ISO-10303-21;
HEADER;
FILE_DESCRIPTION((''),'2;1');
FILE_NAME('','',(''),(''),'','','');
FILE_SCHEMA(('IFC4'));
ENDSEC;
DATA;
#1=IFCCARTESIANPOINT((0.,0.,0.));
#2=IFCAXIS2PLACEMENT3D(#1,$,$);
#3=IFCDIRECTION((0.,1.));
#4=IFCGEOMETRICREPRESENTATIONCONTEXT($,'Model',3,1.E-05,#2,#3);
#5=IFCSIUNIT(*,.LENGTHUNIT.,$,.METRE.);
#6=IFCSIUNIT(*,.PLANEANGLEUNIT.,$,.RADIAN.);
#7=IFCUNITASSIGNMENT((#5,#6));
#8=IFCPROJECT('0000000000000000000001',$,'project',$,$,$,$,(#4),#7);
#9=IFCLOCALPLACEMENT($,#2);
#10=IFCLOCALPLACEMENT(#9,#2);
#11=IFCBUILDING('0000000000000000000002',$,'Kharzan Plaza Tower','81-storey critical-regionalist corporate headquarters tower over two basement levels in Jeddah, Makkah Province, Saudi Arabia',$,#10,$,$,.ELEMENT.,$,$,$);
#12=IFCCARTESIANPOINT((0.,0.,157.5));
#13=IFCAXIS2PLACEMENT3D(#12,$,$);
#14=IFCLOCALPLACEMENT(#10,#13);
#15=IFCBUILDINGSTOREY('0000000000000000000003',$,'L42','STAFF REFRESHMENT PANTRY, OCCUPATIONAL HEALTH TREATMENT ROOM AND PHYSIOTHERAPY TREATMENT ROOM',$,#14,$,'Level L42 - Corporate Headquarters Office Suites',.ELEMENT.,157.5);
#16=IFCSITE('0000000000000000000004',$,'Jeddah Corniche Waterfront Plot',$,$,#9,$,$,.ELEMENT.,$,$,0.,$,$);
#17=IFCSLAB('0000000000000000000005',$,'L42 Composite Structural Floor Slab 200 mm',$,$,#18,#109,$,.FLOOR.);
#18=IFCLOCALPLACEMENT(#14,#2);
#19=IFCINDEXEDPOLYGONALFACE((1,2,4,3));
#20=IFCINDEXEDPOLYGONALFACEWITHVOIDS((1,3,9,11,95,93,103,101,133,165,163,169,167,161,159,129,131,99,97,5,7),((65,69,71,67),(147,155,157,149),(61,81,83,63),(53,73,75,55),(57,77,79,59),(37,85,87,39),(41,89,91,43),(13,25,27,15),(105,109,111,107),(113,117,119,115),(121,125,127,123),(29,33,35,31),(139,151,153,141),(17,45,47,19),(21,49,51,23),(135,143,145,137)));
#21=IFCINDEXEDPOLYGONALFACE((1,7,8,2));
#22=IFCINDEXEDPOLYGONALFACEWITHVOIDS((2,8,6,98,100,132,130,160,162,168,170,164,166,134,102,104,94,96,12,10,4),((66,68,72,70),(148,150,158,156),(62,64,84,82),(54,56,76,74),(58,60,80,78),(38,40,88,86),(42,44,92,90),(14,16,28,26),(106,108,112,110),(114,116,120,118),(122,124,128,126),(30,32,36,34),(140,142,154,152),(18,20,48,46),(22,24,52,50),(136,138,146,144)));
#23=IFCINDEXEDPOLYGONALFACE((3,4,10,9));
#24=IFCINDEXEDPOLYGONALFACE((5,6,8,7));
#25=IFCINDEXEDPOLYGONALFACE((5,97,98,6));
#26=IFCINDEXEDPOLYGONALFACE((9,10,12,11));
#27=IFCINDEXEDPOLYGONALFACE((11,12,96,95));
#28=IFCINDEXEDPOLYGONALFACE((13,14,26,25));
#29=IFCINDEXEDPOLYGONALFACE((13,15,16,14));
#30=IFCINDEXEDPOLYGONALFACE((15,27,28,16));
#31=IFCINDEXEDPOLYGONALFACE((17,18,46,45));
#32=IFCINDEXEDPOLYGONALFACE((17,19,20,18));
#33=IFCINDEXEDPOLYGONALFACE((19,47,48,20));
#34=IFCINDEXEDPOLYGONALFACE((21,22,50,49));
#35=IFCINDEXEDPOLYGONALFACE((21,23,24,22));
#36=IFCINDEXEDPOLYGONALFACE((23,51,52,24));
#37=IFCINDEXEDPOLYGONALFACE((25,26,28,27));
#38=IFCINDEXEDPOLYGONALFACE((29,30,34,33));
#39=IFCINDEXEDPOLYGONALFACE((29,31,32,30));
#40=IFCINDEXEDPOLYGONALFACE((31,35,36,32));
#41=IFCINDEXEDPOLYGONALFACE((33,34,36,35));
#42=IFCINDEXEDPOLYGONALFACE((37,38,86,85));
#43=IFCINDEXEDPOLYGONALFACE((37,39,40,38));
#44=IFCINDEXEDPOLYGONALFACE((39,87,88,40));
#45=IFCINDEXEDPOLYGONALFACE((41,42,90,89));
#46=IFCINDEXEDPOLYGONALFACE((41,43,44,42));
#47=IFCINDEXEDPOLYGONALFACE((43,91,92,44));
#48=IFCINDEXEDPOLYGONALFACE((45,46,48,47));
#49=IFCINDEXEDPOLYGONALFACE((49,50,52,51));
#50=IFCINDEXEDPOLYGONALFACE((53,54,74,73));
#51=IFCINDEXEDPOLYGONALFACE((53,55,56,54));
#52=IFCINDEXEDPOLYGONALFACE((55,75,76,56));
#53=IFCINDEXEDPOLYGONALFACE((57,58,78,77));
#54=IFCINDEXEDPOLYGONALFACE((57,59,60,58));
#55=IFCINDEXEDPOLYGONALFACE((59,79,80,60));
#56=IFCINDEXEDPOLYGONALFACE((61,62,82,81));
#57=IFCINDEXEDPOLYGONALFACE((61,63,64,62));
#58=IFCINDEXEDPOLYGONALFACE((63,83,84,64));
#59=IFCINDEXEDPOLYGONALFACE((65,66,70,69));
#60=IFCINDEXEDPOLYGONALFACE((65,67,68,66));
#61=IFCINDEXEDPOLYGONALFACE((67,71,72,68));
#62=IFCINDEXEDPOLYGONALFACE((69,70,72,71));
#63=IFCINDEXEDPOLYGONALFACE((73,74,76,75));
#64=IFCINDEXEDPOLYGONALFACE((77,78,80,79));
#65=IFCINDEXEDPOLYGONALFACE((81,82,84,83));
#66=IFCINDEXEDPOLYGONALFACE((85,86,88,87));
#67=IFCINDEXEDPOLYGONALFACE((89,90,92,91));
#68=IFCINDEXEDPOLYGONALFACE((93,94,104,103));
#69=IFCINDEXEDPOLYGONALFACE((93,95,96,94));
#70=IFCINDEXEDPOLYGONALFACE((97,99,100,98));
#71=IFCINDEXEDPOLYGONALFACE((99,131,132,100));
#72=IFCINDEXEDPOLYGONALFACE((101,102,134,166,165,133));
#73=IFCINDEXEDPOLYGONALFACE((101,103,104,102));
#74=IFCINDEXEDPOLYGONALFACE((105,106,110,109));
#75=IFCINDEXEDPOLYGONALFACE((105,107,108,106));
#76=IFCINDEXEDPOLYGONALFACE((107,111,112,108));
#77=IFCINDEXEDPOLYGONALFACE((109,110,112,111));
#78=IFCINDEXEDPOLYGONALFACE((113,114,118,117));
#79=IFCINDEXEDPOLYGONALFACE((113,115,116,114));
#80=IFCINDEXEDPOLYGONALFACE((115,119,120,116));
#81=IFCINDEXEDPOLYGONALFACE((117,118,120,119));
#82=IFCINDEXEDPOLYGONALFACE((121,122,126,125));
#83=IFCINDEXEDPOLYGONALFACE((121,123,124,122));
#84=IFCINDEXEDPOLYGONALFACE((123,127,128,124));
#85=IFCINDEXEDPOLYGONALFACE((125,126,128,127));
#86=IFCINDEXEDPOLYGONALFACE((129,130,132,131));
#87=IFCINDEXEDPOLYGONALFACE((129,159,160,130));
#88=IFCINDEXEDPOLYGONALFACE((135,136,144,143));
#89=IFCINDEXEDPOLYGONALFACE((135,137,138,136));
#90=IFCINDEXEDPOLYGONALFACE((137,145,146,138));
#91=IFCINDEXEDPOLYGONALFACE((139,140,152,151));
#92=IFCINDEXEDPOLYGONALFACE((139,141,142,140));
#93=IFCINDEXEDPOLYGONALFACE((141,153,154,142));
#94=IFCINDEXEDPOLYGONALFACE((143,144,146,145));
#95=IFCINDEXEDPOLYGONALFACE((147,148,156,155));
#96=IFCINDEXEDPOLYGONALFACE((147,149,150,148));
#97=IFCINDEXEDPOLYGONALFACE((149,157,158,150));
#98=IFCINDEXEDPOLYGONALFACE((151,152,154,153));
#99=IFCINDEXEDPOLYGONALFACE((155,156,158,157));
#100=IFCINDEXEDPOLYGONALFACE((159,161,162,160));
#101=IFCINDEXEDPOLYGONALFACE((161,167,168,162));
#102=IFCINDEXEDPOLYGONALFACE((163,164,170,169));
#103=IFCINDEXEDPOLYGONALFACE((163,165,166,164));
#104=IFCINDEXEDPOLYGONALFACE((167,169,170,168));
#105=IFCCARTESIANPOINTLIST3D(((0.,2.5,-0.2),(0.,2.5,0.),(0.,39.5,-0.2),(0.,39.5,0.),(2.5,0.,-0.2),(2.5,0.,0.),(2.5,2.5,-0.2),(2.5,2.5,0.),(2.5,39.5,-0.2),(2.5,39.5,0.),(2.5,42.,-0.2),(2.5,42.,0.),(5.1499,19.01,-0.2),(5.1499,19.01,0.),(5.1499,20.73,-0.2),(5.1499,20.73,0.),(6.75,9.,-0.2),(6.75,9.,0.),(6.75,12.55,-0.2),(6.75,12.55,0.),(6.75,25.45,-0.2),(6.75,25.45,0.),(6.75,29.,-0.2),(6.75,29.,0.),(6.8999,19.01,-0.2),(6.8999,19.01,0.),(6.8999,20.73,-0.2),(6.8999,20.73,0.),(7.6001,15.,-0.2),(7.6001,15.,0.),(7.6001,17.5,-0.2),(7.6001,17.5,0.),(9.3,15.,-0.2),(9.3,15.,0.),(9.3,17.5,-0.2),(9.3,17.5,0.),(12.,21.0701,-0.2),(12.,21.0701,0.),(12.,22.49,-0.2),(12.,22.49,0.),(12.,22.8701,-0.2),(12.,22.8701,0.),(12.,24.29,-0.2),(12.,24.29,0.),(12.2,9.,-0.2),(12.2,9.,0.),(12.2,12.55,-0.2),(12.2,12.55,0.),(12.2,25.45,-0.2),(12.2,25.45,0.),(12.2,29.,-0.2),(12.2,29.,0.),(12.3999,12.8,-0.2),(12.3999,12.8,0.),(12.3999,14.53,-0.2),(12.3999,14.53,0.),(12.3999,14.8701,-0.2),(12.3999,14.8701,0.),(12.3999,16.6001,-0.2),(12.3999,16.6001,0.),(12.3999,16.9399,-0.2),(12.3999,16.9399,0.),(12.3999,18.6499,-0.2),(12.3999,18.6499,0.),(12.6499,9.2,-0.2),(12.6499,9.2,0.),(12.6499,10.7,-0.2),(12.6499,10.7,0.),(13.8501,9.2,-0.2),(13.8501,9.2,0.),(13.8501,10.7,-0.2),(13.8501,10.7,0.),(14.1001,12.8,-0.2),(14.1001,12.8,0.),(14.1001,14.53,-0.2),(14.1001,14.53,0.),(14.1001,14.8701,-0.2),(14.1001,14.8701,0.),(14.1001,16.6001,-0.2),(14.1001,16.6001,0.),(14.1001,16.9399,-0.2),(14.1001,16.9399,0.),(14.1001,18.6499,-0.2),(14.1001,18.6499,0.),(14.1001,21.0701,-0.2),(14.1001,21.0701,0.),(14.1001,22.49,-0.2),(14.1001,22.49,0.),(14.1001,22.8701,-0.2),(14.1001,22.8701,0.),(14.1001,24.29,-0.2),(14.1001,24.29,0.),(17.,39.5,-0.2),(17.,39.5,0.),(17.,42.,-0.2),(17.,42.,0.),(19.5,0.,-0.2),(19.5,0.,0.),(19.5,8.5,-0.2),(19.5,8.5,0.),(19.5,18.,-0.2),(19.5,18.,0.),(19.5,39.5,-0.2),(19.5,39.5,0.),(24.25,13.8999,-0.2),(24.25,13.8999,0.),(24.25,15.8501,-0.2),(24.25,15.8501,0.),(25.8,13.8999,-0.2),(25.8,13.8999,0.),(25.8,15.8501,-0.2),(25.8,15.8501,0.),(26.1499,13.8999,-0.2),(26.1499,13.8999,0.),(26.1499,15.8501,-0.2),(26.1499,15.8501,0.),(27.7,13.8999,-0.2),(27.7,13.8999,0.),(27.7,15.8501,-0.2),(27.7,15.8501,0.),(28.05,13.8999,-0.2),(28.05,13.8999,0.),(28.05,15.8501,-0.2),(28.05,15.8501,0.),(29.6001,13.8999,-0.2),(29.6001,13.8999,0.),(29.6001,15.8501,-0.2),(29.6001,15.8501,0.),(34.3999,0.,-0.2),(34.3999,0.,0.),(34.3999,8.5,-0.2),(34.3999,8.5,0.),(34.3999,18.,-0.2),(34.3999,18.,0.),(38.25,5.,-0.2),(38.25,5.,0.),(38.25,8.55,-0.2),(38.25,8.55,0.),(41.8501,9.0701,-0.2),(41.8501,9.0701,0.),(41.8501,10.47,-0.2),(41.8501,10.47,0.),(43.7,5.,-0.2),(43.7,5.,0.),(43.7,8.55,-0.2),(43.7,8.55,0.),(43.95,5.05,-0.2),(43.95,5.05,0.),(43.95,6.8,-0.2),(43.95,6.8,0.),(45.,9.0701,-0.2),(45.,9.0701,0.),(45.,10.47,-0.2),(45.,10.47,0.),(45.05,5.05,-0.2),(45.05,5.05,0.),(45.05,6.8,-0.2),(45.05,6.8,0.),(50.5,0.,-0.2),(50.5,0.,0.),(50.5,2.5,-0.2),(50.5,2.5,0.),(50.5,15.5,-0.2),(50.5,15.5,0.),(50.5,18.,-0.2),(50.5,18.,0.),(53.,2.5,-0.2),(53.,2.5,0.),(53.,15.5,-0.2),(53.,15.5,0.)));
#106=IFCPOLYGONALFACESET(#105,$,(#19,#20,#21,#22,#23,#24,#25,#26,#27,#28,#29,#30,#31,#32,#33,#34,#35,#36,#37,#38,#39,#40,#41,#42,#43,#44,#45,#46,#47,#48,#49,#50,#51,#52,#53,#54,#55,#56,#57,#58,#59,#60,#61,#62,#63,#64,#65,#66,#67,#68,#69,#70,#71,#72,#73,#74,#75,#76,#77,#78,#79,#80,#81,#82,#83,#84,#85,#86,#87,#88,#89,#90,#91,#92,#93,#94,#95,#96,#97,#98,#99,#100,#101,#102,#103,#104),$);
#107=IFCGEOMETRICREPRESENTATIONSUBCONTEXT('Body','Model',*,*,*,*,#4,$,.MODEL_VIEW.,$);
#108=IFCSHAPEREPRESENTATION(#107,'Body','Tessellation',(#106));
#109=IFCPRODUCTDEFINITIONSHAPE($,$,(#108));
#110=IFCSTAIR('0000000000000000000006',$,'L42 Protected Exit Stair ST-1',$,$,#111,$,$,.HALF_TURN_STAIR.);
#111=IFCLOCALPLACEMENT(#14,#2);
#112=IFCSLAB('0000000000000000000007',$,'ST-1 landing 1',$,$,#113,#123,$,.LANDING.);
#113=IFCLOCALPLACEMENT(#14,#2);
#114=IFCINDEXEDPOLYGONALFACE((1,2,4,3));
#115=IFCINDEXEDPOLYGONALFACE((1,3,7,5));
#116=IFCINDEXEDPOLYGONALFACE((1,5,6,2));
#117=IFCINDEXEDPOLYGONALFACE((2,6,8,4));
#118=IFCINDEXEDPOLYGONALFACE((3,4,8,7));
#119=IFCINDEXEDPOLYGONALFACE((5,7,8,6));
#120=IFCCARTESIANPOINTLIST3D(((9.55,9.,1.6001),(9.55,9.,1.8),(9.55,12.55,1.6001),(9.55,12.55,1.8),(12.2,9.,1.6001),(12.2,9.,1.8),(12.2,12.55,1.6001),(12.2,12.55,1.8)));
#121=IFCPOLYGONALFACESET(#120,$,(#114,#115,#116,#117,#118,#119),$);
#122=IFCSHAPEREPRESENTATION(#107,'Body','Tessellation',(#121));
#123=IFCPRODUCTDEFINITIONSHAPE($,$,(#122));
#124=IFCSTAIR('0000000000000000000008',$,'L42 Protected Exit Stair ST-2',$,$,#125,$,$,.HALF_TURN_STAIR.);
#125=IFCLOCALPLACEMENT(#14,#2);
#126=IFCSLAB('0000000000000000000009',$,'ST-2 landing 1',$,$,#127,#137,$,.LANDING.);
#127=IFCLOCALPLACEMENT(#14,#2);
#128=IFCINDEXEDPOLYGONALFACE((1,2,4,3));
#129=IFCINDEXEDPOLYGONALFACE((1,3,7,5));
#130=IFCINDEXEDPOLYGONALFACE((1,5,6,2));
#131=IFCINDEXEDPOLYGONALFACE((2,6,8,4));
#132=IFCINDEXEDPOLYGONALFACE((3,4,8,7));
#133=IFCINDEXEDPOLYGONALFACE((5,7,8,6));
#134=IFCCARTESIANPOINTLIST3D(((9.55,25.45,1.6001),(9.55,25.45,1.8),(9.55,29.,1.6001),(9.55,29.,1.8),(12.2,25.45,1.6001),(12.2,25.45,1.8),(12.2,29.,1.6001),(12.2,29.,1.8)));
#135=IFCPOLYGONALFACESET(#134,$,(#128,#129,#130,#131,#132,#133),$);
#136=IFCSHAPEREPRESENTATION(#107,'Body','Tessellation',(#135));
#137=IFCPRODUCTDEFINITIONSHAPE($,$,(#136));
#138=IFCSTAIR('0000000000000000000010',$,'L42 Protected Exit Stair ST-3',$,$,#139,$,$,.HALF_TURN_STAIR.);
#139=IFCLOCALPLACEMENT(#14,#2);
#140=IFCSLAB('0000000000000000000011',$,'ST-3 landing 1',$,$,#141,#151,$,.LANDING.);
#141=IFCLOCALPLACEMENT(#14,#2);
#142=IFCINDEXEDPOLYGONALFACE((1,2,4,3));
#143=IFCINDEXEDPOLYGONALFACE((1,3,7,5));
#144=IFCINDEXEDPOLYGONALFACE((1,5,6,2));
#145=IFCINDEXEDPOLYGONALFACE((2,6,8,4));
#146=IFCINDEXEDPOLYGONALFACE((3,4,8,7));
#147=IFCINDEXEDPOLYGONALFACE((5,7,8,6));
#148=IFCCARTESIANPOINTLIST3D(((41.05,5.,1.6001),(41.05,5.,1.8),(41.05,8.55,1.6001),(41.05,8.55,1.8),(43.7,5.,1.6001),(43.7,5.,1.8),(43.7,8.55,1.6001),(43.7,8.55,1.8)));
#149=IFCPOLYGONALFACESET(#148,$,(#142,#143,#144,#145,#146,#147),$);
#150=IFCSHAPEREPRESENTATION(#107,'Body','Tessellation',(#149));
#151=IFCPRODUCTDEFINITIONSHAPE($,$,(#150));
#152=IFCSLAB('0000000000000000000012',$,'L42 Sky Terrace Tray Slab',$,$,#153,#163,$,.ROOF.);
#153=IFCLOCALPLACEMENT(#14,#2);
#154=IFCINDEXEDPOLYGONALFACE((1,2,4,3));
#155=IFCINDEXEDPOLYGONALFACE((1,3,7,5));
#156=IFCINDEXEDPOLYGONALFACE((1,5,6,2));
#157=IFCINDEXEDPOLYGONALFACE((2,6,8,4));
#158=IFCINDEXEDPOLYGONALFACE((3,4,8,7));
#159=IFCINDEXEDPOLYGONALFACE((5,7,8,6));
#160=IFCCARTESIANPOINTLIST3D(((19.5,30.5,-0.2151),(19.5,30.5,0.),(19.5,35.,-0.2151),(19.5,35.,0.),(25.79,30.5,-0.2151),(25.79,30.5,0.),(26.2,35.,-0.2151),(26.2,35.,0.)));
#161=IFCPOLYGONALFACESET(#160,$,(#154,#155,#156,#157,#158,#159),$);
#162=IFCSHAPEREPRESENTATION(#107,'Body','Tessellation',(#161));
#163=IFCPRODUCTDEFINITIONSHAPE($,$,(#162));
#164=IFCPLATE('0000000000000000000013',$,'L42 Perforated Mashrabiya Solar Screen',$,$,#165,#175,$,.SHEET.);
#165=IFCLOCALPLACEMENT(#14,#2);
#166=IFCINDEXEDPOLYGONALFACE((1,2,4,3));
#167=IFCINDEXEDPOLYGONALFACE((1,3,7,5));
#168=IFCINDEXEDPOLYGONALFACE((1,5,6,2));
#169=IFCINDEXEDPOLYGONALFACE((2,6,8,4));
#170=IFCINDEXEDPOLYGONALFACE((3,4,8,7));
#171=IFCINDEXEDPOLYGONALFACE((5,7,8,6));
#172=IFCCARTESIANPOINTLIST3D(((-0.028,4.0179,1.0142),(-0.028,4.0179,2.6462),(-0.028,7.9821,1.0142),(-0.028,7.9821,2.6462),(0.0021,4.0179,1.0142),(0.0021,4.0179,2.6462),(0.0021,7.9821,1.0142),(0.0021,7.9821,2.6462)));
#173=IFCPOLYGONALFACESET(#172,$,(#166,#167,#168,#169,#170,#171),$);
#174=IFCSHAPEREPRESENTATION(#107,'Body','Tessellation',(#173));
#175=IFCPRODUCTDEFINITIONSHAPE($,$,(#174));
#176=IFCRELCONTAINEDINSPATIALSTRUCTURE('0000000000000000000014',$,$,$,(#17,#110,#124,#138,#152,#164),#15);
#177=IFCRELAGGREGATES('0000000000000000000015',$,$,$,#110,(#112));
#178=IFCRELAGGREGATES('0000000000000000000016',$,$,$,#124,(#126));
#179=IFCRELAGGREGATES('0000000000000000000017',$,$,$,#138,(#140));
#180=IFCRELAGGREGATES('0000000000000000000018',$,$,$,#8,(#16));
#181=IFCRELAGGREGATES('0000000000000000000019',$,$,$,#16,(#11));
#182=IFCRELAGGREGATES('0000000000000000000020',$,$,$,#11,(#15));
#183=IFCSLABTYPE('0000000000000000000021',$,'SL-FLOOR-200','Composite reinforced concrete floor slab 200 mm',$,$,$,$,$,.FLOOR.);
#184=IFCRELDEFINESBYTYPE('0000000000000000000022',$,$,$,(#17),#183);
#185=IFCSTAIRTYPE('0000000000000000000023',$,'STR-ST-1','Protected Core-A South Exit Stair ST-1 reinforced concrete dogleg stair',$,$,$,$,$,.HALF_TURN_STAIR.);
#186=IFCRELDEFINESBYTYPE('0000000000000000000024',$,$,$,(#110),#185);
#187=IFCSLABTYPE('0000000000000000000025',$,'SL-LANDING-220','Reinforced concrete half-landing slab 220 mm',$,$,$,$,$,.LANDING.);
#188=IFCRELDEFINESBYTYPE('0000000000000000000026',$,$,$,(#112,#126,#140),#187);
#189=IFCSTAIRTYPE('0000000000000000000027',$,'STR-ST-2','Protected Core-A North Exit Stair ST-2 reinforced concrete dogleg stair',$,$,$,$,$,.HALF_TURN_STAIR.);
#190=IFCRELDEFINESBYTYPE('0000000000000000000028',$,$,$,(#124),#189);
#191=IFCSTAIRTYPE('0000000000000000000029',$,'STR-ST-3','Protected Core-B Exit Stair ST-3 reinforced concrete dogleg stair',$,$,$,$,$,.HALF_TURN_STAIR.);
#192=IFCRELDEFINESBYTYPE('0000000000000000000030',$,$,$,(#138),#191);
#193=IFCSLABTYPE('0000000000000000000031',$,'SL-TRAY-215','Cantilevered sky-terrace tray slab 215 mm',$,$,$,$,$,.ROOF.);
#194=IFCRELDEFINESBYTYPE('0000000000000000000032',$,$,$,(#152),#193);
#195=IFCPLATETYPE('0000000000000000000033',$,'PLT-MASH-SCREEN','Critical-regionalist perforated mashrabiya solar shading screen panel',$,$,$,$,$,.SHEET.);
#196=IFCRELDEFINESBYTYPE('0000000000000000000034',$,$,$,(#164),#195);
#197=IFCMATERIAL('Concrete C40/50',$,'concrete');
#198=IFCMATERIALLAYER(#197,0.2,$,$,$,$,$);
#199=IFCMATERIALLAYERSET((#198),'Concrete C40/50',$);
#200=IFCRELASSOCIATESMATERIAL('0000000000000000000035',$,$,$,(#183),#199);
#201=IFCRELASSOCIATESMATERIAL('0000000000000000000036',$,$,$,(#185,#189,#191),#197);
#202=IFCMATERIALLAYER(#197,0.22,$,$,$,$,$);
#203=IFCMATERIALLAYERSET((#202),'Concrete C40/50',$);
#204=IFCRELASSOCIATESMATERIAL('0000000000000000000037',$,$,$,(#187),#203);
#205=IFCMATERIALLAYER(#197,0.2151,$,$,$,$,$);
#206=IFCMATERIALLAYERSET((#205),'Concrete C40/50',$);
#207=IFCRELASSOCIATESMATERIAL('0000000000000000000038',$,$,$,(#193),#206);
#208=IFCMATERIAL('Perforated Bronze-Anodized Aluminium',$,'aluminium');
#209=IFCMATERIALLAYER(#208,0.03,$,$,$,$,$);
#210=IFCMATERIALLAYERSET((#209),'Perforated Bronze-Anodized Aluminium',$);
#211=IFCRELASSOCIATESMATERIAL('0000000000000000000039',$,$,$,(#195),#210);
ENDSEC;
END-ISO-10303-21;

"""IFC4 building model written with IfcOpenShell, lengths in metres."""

from ifc_helpers import new_model, si_unit, direction, frame, origin, origin_2d, place, context, subcontext, project, spatial, polyline, rectangle, outline, extrude, source, transform, mapped, material, layer, layer_set, type_object, element, aggregate, save


model = new_model("IFC4")

# Units and contexts
model_context = context("Model", 3, precision=1e-05, world=origin(), true_north=direction((0.0, 1.0)))
body_context = subcontext(model_context, "Body", "Model", "MODEL_VIEW")
ifc_project = project(units=[si_unit("LENGTHUNIT", "METRE"), si_unit("PLANEANGLEUNIT", "RADIAN")], contexts=[model_context])

# Site, building, storey
site_placement = place(None, origin())
site = spatial("IfcSite", under=ifc_project, at=site_placement, Name="Jeddah Corniche Waterfront Plot", CompositionType="ELEMENT", RefElevation=0.0)
building_placement = place(site_placement, origin())
building = spatial("IfcBuilding", under=site, at=building_placement, Name="Kharzan Plaza Tower", Description="81-storey critical-regionalist corporate headquarters tower over two basement levels in Jeddah, Makkah Province, Saudi Arabia", CompositionType="ELEMENT")
storey_placement = place(building_placement, frame((0.0, 0.0, 157.5)))
storey = spatial("IfcBuildingStorey", under=building, at=storey_placement, Name="L42", Description="STAFF REFRESHMENT PANTRY, OCCUPATIONAL HEALTH TREATMENT ROOM AND PHYSIOTHERAPY TREATMENT ROOM", LongName="Level L42 - Corporate Headquarters Office Suites", CompositionType="ELEMENT", Elevation=157.5)

# Slab
ifc_material_1 = material(Name="Concrete C40/50", Category="concrete")
ifc_layer_1 = layer(ifc_material_1, 0.2)
ifc_layer_set_1 = layer_set([ifc_layer_1], Name="Concrete C40/50")
slab_type_1 = type_object("IfcSlabType", Name="SL-FLOOR-200", Description="Composite reinforced concrete floor slab 200 mm", PredefinedType="FLOOR", material=ifc_layer_set_1)
slab_1_placement = place(storey_placement, frame((0.0, 0.0, -0.2)))
element("IfcSlab", 1, at=slab_1_placement, inside=storey, type_object=slab_type_1, Name="L42 Composite Structural Floor Slab 200 mm", PredefinedType="FLOOR", context=body_context, shape_type="SweptSolid", body=[
    extrude(outline(polyline([(34.3999, 18.0), (19.5, 18.0), (19.5, 39.5), (17.0, 39.5), (17.0, 42.0), (2.5, 42.0), (2.5, 39.5), (0.0, 39.5), (0.0, 2.5), (2.5, 2.5), (2.5, 0.0), (19.5, 0.0), (19.5, 8.5), (34.3999, 8.5), (34.3999, 0.0), (50.5, 0.0), (50.5, 2.5), (53.0, 2.5), (53.0, 15.5), (50.5, 15.5), (50.5, 18.0), (34.3999, 18.0)]), holes=[polyline([(12.2, 9.0), (12.2, 12.55), (6.75, 12.55), (6.75, 9.0), (12.2, 9.0)]), polyline([(14.1001, 12.8), (14.1001, 14.53), (12.3999, 14.53), (12.3999, 12.8), (14.1001, 12.8)]), polyline([(14.1001, 14.8701), (14.1001, 16.6001), (12.3999, 16.6001), (12.3999, 14.8701), (14.1001, 14.8701)]), polyline([(9.3, 15.0), (9.3, 17.5), (7.6001, 17.5), (7.6001, 15.0), (9.3, 15.0)]), polyline([(6.8999, 19.01), (6.8999, 20.73), (5.1499, 20.73), (5.1499, 19.01), (6.8999, 19.01)]), polyline([(14.1001, 21.0701), (14.1001, 22.49), (12.0, 22.49), (12.0, 21.0701), (14.1001, 21.0701)]), polyline([(14.1001, 22.8701), (14.1001, 24.29), (12.0, 24.29), (12.0, 22.8701), (14.1001, 22.8701)]), polyline([(12.2, 25.45), (12.2, 29.0), (6.75, 29.0), (6.75, 25.45), (12.2, 25.45)]), polyline([(45.05, 5.05), (45.05, 6.8), (43.95, 6.8), (43.95, 5.05), (45.05, 5.05)]), polyline([(43.7, 5.0), (43.7, 8.55), (38.25, 8.55), (38.25, 5.0), (43.7, 5.0)]), polyline([(45.0, 9.0701), (45.0, 10.47), (41.8501, 10.47), (41.8501, 9.0701), (45.0, 9.0701)]), polyline([(13.8501, 9.2), (13.8501, 10.7), (12.6499, 10.7), (12.6499, 9.2), (13.8501, 9.2)]), polyline([(25.8, 13.8999), (25.8, 15.8501), (24.25, 15.8501), (24.25, 13.8999), (25.8, 13.8999)]), polyline([(27.7, 13.8999), (27.7, 15.8501), (26.1499, 15.8501), (26.1499, 13.8999), (27.7, 13.8999)]), polyline([(29.6001, 13.8999), (29.6001, 15.8501), (28.05, 15.8501), (28.05, 13.8999), (29.6001, 13.8999)]), polyline([(14.1001, 16.9399), (14.1001, 18.6499), (12.3999, 18.6499), (12.3999, 16.9399), (14.1001, 16.9399)])]), origin(), (0.0, 0.0, 1.0), 0.2),
])

# Stairs, slabs
stair_type_1 = type_object("IfcStairType", Name="STR-ST-1", Description="Protected Core-A South Exit Stair ST-1 reinforced concrete dogleg stair", PredefinedType="HALF_TURN_STAIR", material=ifc_material_1)
stair_1_placement = place(storey_placement, origin())
stair_1 = element("IfcStair", 2, at=stair_1_placement, inside=storey, type_object=stair_type_1, Name="L42 Protected Exit Stair ST-1", PredefinedType="HALF_TURN_STAIR")
ifc_layer_2 = layer(ifc_material_1, 0.22)
ifc_layer_set_2 = layer_set([ifc_layer_2], Name="Concrete C40/50")
slab_type_2 = type_object("IfcSlabType", Name="SL-LANDING-220", Description="Reinforced concrete half-landing slab 220 mm", PredefinedType="LANDING", material=ifc_layer_set_2)
slab_2_placement = place(storey_placement, frame((0.0, 0.0, 1.6001)))
slab_2 = element("IfcSlab", 3, at=slab_2_placement, type_object=slab_type_2, Name="ST-1 landing 1", PredefinedType="LANDING", context=body_context, shape_type="SweptSolid", body=[
    extrude(outline(polyline([(9.55, 9.0), (12.2, 9.0), (12.2, 12.55), (9.55, 12.55), (9.55, 9.0)])), origin(), (0.0, 0.0, 1.0), 0.2),
])
aggregate(stair_1, [slab_2])
stair_type_2 = type_object("IfcStairType", Name="STR-ST-2", Description="Protected Core-A North Exit Stair ST-2 reinforced concrete dogleg stair", PredefinedType="HALF_TURN_STAIR", material=ifc_material_1)
stair_2_placement = place(storey_placement, origin())
stair_2 = element("IfcStair", 4, at=stair_2_placement, inside=storey, type_object=stair_type_2, Name="L42 Protected Exit Stair ST-2", PredefinedType="HALF_TURN_STAIR")
slab_3_placement = place(storey_placement, frame((0.0, 0.0, 1.6001)))
slab_3 = element("IfcSlab", 5, at=slab_3_placement, type_object=slab_type_2, Name="ST-2 landing 1", PredefinedType="LANDING", context=body_context, shape_type="SweptSolid", body=[
    extrude(outline(polyline([(9.55, 25.45), (12.2, 25.45), (12.2, 29.0), (9.55, 29.0), (9.55, 25.45)])), origin(), (0.0, 0.0, 1.0), 0.2),
])
aggregate(stair_2, [slab_3])
stair_type_3 = type_object("IfcStairType", Name="STR-ST-3", Description="Protected Core-B Exit Stair ST-3 reinforced concrete dogleg stair", PredefinedType="HALF_TURN_STAIR", material=ifc_material_1)
stair_3_placement = place(storey_placement, origin())
stair_3 = element("IfcStair", 6, at=stair_3_placement, inside=storey, type_object=stair_type_3, Name="L42 Protected Exit Stair ST-3", PredefinedType="HALF_TURN_STAIR")
slab_4_placement = place(storey_placement, frame((0.0, 0.0, 1.6001)))
slab_4 = element("IfcSlab", 7, at=slab_4_placement, type_object=slab_type_2, Name="ST-3 landing 1", PredefinedType="LANDING", context=body_context, shape_type="SweptSolid", body=[
    extrude(outline(polyline([(41.05, 5.0), (43.7, 5.0), (43.7, 8.55), (41.05, 8.55), (41.05, 5.0)])), origin(), (0.0, 0.0, 1.0), 0.2),
])
aggregate(stair_3, [slab_4])

# Slab
ifc_layer_3 = layer(ifc_material_1, 0.2151)
ifc_layer_set_3 = layer_set([ifc_layer_3], Name="Concrete C40/50")
slab_type_3 = type_object("IfcSlabType", Name="SL-TRAY-215", Description="Cantilevered sky-terrace tray slab 215 mm", PredefinedType="ROOF", material=ifc_layer_set_3)
slab_5_placement = place(storey_placement, frame((0.0, 0.0, -0.2151)))
element("IfcSlab", 8, at=slab_5_placement, inside=storey, type_object=slab_type_3, Name="L42 Sky Terrace Tray Slab", PredefinedType="ROOF", context=body_context, shape_type="SweptSolid", body=[
    extrude(outline(polyline([(19.5, 30.5), (25.79, 30.5), (26.2, 35.0), (19.5, 35.0), (19.5, 30.5)])), origin(), (0.0, 0.0, 1.0), 0.2151),
])

# Plate
ifc_material_2 = material(Name="Perforated Bronze-Anodized Aluminium", Category="aluminium")
ifc_layer_4 = layer(ifc_material_2, 0.03)
ifc_layer_set_4 = layer_set([ifc_layer_4], Name="Perforated Bronze-Anodized Aluminium")
plate_type = type_object("IfcPlateType", Name="PLT-MASH-SCREEN", Description="Critical-regionalist perforated mashrabiya solar shading screen panel", PredefinedType="SHEET", material=ifc_layer_set_4)
shared_shape_1 = source(origin(), body_context, "Body", "SweptSolid", [
    extrude(rectangle(XDim=3.9641, YDim=0.03, at=origin_2d()), origin(), (0.0, 0.0, 1.0), 1.6321),
])
plate_placement = place(storey_placement, frame((-0.0129, 6.0, 1.0142), z_axis=(0.0, 0.0, 1.0), x_axis=(0.0, -1.0, 0.0)))
element("IfcPlate", 9, at=plate_placement, inside=storey, type_object=plate_type, Name="L42 Perforated Mashrabiya Solar Screen", PredefinedType="SHEET", context=body_context, shape_type="MappedRepresentation", body=[
    mapped(shared_shape_1, transform((0.0, 0.0, 0.0), x_axis=(1.0, 0.0, 0.0), y_axis=(0.0, 1.0, 0.0), z_axis=(0.0, 0.0, 1.0))),
])

save(model, "model.ifc")
